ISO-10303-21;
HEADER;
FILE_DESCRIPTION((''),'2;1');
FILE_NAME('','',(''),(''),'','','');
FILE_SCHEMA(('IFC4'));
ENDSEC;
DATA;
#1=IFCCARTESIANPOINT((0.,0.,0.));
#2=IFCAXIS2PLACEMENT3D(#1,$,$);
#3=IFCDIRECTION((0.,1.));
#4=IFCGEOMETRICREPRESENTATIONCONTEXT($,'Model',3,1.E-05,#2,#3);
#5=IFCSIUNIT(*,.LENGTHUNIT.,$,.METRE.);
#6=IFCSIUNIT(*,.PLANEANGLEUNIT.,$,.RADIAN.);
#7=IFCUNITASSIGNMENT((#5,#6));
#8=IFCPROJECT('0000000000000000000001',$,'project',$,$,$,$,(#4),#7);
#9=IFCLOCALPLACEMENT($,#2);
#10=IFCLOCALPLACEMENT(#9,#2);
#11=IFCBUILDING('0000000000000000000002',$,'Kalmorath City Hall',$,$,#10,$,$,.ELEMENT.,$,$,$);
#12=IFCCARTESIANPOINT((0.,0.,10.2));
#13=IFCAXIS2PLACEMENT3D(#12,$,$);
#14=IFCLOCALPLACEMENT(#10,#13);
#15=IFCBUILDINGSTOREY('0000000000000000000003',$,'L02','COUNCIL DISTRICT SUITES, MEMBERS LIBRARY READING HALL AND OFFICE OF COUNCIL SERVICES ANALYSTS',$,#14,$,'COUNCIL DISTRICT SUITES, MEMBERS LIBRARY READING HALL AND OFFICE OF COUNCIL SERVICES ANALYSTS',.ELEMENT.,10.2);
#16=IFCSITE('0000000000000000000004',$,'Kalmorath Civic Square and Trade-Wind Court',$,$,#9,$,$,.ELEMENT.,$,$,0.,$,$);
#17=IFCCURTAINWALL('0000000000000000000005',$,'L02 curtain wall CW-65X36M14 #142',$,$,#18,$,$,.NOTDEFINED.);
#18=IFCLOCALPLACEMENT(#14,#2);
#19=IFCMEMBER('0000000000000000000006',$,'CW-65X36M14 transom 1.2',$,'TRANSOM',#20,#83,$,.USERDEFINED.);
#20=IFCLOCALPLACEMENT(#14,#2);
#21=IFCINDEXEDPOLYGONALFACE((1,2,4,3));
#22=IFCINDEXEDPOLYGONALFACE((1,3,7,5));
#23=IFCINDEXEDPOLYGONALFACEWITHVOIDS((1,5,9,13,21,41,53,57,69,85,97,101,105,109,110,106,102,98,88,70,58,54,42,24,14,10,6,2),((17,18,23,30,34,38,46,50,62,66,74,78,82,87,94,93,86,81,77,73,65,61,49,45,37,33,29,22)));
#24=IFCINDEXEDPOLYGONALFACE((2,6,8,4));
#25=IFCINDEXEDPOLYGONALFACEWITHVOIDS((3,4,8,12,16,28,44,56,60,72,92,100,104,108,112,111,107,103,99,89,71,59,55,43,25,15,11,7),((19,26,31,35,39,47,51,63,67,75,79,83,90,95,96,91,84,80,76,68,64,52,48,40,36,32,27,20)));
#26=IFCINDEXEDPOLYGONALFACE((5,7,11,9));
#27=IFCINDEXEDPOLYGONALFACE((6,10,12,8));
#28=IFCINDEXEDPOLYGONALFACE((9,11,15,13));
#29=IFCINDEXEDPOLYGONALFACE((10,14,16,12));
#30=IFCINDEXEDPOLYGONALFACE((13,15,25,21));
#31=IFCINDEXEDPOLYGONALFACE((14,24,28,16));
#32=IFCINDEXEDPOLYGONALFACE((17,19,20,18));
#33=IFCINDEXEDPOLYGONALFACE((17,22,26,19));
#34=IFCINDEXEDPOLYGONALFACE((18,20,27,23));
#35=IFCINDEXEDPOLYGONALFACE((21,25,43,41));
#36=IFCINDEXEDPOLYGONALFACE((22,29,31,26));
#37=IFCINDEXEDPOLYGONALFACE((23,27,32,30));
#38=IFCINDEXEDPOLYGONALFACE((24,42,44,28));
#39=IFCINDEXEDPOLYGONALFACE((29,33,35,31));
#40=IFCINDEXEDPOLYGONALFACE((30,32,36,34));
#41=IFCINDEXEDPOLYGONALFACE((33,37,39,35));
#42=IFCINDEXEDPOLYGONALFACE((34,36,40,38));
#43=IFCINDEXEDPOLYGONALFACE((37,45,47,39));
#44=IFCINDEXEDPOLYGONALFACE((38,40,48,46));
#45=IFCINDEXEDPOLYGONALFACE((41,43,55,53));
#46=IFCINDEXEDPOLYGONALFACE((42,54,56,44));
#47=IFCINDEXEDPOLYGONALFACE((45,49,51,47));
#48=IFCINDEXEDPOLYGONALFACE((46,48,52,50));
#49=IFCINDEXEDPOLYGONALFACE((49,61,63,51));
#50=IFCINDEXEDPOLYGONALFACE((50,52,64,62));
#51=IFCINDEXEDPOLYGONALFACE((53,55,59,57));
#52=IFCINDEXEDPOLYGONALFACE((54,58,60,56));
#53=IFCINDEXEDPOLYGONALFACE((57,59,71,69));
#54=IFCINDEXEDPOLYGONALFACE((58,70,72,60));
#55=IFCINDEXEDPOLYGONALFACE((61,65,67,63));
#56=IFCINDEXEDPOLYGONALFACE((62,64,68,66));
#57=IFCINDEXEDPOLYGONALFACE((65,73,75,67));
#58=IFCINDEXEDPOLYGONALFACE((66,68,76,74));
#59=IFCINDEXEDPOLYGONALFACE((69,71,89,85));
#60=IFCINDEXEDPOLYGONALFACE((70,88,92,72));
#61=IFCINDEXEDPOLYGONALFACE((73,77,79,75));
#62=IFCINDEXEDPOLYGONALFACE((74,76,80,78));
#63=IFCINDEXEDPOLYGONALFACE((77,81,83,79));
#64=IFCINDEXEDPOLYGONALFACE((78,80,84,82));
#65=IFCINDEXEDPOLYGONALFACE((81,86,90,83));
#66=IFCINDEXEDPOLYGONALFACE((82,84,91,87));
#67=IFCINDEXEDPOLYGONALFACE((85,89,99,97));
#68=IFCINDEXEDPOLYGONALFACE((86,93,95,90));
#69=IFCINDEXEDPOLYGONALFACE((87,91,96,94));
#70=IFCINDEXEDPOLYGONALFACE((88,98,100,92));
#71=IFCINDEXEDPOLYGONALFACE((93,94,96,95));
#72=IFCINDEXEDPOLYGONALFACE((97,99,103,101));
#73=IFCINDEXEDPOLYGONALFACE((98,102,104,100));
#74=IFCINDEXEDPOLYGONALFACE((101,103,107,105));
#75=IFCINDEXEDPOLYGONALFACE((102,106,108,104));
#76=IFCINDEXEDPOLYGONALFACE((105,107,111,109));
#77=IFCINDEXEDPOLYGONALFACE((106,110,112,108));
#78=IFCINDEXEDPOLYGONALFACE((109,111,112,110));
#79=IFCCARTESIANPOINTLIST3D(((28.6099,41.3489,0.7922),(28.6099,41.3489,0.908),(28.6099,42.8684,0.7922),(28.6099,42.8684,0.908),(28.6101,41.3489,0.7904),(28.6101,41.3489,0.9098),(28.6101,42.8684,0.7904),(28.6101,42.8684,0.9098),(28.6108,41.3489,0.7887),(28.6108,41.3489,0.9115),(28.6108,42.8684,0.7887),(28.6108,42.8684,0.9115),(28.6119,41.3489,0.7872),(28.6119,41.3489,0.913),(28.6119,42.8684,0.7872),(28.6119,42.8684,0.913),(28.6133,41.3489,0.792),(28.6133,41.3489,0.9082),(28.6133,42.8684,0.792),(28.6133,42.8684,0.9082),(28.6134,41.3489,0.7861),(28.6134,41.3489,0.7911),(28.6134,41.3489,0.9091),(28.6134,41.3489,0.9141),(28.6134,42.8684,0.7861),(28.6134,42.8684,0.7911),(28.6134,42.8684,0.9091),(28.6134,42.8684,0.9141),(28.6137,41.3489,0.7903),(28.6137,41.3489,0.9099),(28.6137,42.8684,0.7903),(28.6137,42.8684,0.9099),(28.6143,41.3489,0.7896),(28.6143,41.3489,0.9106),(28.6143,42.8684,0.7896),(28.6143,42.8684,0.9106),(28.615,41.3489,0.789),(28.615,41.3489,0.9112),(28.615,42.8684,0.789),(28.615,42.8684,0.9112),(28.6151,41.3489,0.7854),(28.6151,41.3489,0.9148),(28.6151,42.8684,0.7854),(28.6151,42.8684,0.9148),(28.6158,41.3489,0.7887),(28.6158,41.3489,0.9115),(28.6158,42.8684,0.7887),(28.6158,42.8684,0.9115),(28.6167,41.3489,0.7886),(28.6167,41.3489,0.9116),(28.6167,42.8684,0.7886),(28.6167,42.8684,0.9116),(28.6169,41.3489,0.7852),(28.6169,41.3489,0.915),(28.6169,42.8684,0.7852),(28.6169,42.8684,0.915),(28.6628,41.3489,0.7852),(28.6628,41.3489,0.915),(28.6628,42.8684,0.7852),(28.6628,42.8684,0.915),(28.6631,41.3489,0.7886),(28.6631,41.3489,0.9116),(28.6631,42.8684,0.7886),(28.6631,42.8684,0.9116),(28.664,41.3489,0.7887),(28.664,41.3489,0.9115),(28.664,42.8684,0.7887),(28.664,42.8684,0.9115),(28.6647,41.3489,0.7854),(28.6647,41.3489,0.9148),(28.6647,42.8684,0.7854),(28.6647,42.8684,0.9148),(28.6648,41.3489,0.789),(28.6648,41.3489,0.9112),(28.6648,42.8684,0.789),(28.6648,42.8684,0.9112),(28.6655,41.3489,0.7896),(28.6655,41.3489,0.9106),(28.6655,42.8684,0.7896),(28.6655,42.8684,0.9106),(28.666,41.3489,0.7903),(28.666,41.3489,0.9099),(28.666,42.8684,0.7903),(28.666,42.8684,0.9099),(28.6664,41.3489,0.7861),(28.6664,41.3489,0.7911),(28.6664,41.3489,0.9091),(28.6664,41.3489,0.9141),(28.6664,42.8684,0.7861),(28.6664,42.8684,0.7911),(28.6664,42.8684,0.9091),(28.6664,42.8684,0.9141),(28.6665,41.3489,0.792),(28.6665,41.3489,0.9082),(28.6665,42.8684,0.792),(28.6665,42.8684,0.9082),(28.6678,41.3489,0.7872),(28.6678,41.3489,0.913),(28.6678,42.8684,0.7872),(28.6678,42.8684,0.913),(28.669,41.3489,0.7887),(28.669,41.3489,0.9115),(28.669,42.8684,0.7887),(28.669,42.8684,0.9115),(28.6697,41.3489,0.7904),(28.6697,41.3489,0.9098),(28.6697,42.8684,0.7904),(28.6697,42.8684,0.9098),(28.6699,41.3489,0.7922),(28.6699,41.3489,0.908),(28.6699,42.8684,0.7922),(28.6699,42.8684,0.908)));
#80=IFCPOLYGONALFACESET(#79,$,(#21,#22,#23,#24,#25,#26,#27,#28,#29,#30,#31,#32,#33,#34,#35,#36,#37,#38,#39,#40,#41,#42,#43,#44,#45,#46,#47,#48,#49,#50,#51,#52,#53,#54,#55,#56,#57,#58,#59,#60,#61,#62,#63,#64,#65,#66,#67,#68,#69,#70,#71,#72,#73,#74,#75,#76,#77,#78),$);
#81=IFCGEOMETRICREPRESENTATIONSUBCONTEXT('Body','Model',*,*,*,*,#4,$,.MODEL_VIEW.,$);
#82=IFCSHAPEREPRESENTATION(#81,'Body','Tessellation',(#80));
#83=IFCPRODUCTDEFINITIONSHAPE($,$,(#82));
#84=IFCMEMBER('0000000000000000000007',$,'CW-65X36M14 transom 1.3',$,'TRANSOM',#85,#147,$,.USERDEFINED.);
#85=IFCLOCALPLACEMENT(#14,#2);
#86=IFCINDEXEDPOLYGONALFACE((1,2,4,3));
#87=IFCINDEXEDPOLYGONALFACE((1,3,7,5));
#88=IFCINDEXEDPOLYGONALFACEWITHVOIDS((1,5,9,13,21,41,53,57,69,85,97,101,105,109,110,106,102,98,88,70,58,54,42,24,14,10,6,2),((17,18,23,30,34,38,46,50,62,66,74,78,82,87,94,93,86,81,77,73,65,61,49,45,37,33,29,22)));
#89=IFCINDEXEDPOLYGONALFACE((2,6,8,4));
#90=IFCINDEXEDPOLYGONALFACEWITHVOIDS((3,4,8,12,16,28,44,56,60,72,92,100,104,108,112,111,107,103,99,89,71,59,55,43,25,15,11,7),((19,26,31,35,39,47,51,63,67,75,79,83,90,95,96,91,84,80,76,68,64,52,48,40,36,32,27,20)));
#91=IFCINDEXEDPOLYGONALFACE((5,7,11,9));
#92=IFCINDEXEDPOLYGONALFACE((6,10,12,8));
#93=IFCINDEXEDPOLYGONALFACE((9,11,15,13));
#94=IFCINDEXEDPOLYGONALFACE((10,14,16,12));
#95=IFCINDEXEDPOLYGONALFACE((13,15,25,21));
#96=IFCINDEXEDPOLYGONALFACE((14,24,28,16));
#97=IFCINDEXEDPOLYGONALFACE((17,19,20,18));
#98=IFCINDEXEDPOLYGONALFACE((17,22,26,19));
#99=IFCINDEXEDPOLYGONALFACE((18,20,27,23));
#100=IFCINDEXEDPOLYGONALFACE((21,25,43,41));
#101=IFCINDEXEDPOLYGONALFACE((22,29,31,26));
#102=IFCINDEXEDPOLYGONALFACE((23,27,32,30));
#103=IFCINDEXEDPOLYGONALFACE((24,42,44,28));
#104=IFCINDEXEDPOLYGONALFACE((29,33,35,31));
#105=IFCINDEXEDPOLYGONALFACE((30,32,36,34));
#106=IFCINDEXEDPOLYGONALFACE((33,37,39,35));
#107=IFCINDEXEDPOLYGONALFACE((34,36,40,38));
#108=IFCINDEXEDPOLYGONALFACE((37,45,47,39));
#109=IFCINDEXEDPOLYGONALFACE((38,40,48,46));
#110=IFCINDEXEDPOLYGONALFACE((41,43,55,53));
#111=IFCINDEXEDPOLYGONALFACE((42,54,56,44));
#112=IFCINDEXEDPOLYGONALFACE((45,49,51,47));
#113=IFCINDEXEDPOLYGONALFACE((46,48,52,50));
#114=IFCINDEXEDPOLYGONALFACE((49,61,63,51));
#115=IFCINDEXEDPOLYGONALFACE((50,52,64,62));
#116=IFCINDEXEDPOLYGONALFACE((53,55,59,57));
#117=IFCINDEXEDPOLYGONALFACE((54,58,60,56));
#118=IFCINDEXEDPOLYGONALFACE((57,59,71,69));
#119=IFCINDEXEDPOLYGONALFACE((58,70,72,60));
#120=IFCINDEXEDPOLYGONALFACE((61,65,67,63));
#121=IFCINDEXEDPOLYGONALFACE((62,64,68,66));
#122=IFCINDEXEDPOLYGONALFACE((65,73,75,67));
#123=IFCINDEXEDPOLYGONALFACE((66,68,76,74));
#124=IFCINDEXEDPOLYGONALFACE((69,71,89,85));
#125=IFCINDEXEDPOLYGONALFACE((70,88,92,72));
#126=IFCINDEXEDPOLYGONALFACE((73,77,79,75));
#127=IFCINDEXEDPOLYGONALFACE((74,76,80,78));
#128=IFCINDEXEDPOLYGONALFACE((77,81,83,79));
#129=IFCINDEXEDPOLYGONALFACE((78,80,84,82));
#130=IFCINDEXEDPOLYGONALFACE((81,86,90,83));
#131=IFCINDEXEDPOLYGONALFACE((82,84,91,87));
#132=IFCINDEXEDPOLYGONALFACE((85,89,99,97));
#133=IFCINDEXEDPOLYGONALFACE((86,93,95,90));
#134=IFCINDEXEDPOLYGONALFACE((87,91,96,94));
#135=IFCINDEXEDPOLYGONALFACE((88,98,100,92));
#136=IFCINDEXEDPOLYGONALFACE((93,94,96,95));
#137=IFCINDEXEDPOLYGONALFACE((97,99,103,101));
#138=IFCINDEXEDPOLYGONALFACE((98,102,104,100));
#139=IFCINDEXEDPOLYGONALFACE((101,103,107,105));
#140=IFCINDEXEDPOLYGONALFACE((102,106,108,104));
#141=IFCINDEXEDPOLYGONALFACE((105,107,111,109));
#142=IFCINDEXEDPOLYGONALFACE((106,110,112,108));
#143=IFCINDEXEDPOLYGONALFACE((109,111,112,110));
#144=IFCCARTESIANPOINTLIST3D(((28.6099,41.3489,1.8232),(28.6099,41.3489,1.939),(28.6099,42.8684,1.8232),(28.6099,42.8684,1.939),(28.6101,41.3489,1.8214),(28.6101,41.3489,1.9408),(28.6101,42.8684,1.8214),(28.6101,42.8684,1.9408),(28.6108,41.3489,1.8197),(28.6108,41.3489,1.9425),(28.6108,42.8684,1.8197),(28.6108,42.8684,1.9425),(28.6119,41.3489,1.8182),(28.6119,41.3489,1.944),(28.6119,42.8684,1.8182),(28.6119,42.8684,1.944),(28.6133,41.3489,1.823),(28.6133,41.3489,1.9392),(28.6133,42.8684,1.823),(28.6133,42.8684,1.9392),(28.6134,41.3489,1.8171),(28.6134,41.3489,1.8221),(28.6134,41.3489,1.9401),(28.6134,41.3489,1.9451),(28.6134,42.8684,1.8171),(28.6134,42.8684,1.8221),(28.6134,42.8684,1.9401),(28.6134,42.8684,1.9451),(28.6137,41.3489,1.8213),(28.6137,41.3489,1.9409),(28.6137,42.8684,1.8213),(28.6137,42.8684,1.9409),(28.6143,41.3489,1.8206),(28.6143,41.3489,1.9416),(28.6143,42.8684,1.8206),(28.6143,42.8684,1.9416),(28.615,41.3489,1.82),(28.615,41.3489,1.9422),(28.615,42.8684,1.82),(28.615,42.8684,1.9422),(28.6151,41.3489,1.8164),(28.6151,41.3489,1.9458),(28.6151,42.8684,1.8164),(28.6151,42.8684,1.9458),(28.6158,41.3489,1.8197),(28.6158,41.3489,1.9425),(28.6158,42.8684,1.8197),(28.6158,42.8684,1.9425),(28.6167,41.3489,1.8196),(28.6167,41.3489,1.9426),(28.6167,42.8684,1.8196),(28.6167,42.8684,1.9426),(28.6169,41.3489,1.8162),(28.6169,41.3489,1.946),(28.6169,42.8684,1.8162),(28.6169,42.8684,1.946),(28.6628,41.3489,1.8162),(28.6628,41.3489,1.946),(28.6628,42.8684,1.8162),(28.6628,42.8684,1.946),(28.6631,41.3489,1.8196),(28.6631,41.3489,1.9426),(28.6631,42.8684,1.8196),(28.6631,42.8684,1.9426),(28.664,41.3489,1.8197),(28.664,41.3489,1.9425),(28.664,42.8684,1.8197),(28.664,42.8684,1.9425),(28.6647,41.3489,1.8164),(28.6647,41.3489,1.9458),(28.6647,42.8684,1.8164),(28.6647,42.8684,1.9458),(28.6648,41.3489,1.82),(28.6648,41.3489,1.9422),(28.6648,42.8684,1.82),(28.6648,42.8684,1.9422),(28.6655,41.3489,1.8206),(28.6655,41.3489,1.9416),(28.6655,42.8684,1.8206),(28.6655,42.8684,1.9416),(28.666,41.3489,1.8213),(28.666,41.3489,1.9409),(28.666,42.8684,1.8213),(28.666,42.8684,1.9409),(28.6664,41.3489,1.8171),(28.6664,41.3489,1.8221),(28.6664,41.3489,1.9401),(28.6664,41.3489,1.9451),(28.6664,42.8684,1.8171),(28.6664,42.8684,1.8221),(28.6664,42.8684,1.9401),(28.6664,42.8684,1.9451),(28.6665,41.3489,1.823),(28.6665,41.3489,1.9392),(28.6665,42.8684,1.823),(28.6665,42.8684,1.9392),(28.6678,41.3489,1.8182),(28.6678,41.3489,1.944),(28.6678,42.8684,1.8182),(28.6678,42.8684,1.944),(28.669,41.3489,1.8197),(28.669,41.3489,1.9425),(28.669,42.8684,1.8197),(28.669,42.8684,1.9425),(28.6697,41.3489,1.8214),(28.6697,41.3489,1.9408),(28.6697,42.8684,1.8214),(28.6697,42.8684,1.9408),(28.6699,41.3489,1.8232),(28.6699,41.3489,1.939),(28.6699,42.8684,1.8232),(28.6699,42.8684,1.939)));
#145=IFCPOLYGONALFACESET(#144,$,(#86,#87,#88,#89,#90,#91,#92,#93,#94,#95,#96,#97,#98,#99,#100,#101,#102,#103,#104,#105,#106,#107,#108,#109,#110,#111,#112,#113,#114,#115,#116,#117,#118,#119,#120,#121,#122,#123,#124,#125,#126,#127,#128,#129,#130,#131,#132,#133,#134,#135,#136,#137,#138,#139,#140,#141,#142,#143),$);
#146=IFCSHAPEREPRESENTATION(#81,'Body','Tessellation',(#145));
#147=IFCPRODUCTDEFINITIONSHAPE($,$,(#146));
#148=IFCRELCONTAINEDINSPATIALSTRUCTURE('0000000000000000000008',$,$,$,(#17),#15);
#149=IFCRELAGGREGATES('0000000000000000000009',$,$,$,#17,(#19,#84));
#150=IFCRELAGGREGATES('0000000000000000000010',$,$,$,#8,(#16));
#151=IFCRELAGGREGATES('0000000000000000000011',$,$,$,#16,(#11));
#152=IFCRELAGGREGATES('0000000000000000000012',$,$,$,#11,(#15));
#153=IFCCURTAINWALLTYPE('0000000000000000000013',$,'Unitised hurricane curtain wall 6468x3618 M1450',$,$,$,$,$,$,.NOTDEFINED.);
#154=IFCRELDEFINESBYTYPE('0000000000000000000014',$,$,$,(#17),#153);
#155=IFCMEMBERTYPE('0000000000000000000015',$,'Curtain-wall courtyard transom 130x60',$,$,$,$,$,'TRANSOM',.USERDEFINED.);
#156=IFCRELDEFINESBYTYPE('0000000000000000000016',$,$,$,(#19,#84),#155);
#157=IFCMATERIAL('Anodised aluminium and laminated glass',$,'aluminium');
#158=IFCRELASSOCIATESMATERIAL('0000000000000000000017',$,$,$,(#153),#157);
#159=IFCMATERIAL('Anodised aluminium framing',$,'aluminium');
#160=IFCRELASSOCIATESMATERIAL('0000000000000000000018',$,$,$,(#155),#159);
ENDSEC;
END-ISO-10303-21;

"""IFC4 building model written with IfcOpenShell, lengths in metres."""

from ifc_helpers import new_model, si_unit, direction, frame, origin, origin_2d, place, context, subcontext, project, spatial, hollow_rectangle, extrude, material, material_profile, profile_set, type_object, element, aggregate, save


model = new_model("IFC4")

# Units and contexts
model_context = context("Model", 3, precision=1e-05, world=origin(), true_north=direction((0.0, 1.0)))
body_context = subcontext(model_context, "Body", "Model", "MODEL_VIEW")
ifc_project = project(units=[si_unit("LENGTHUNIT", "METRE"), si_unit("PLANEANGLEUNIT", "RADIAN")], contexts=[model_context])

# Site, building, storey
site_placement = place(None, origin())
site = spatial("IfcSite", under=ifc_project, at=site_placement, Name="Kalmorath Civic Square and Trade-Wind Court", CompositionType="ELEMENT", RefElevation=0.0)
building_placement = place(site_placement, origin())
building = spatial("IfcBuilding", under=site, at=building_placement, Name="Kalmorath City Hall", CompositionType="ELEMENT")
storey_placement = place(building_placement, frame((0.0, 0.0, 10.2)))
storey = spatial("IfcBuildingStorey", under=building, at=storey_placement, Name="L02", Description="COUNCIL DISTRICT SUITES, MEMBERS LIBRARY READING HALL AND OFFICE OF COUNCIL SERVICES ANALYSTS", LongName="COUNCIL DISTRICT SUITES, MEMBERS LIBRARY READING HALL AND OFFICE OF COUNCIL SERVICES ANALYSTS", CompositionType="ELEMENT", Elevation=10.2)

# Curtain wall, members
ifc_material_1 = material(Name="Anodised aluminium and laminated glass", Category="aluminium")
curtain_wall_type = type_object("IfcCurtainWallType", Name="Unitised hurricane curtain wall 6468x3618 M1450", PredefinedType="NOTDEFINED", material=ifc_material_1)
curtain_wall_placement = place(storey_placement, origin())
curtain_wall = element("IfcCurtainWall", 1, at=curtain_wall_placement, inside=storey, type_object=curtain_wall_type, Name="L02 curtain wall CW-65X36M14 #142", PredefinedType="NOTDEFINED")
ifc_material_2 = material(Name="Anodised aluminium framing", Category="aluminium")
ifc_material_profile_1 = material_profile(ifc_material_2, hollow_rectangle(XDim=0.0601, YDim=0.1299, WallThickness=0.0034, InnerFilletRadius=0.0034, OuterFilletRadius=0.0071, at=origin_2d()), Name="ALU-TRN-130X60X3.5")
ifc_profile_set_1 = profile_set([ifc_material_profile_1], Name="Anodised aluminium framing")
member_type_1 = type_object("IfcMemberType", Name="Curtain-wall courtyard transom 130x60", ElementType="TRANSOM", PredefinedType="USERDEFINED", material=ifc_profile_set_1)
member_1_placement = place(storey_placement, frame((28.6399, 42.8684, 0.8501), z_axis=(0.0, -1.0, 0.0), x_axis=(1.0, 0.0, 0.0)))
member_1 = element("IfcMember", 2, at=member_1_placement, type_object=member_type_1, Name="CW-65X36M14 transom 1.2", ObjectType="TRANSOM", PredefinedType="USERDEFINED", context=body_context, shape_type="SweptSolid", body=[
    extrude(hollow_rectangle(XDim=0.0601, YDim=0.1299, WallThickness=0.0034, InnerFilletRadius=0.0034, OuterFilletRadius=0.0071, at=origin_2d()), origin(), (0.0, 0.0, 1.0), 1.5195),
])
member_2_placement = place(storey_placement, frame((28.6399, 42.8684, 1.8811), z_axis=(0.0, -1.0, 0.0), x_axis=(1.0, 0.0, 0.0)))
member_2 = element("IfcMember", 3, at=member_2_placement, type_object=member_type_1, Name="CW-65X36M14 transom 1.3", ObjectType="TRANSOM", PredefinedType="USERDEFINED", context=body_context, shape_type="SweptSolid", body=[
    extrude(hollow_rectangle(XDim=0.0601, YDim=0.1299, WallThickness=0.0034, InnerFilletRadius=0.0034, OuterFilletRadius=0.0071, at=origin_2d()), origin(), (0.0, 0.0, 1.0), 1.5195),
])

aggregate(curtain_wall, [member_1, member_2])

save(model, "model.ifc")
